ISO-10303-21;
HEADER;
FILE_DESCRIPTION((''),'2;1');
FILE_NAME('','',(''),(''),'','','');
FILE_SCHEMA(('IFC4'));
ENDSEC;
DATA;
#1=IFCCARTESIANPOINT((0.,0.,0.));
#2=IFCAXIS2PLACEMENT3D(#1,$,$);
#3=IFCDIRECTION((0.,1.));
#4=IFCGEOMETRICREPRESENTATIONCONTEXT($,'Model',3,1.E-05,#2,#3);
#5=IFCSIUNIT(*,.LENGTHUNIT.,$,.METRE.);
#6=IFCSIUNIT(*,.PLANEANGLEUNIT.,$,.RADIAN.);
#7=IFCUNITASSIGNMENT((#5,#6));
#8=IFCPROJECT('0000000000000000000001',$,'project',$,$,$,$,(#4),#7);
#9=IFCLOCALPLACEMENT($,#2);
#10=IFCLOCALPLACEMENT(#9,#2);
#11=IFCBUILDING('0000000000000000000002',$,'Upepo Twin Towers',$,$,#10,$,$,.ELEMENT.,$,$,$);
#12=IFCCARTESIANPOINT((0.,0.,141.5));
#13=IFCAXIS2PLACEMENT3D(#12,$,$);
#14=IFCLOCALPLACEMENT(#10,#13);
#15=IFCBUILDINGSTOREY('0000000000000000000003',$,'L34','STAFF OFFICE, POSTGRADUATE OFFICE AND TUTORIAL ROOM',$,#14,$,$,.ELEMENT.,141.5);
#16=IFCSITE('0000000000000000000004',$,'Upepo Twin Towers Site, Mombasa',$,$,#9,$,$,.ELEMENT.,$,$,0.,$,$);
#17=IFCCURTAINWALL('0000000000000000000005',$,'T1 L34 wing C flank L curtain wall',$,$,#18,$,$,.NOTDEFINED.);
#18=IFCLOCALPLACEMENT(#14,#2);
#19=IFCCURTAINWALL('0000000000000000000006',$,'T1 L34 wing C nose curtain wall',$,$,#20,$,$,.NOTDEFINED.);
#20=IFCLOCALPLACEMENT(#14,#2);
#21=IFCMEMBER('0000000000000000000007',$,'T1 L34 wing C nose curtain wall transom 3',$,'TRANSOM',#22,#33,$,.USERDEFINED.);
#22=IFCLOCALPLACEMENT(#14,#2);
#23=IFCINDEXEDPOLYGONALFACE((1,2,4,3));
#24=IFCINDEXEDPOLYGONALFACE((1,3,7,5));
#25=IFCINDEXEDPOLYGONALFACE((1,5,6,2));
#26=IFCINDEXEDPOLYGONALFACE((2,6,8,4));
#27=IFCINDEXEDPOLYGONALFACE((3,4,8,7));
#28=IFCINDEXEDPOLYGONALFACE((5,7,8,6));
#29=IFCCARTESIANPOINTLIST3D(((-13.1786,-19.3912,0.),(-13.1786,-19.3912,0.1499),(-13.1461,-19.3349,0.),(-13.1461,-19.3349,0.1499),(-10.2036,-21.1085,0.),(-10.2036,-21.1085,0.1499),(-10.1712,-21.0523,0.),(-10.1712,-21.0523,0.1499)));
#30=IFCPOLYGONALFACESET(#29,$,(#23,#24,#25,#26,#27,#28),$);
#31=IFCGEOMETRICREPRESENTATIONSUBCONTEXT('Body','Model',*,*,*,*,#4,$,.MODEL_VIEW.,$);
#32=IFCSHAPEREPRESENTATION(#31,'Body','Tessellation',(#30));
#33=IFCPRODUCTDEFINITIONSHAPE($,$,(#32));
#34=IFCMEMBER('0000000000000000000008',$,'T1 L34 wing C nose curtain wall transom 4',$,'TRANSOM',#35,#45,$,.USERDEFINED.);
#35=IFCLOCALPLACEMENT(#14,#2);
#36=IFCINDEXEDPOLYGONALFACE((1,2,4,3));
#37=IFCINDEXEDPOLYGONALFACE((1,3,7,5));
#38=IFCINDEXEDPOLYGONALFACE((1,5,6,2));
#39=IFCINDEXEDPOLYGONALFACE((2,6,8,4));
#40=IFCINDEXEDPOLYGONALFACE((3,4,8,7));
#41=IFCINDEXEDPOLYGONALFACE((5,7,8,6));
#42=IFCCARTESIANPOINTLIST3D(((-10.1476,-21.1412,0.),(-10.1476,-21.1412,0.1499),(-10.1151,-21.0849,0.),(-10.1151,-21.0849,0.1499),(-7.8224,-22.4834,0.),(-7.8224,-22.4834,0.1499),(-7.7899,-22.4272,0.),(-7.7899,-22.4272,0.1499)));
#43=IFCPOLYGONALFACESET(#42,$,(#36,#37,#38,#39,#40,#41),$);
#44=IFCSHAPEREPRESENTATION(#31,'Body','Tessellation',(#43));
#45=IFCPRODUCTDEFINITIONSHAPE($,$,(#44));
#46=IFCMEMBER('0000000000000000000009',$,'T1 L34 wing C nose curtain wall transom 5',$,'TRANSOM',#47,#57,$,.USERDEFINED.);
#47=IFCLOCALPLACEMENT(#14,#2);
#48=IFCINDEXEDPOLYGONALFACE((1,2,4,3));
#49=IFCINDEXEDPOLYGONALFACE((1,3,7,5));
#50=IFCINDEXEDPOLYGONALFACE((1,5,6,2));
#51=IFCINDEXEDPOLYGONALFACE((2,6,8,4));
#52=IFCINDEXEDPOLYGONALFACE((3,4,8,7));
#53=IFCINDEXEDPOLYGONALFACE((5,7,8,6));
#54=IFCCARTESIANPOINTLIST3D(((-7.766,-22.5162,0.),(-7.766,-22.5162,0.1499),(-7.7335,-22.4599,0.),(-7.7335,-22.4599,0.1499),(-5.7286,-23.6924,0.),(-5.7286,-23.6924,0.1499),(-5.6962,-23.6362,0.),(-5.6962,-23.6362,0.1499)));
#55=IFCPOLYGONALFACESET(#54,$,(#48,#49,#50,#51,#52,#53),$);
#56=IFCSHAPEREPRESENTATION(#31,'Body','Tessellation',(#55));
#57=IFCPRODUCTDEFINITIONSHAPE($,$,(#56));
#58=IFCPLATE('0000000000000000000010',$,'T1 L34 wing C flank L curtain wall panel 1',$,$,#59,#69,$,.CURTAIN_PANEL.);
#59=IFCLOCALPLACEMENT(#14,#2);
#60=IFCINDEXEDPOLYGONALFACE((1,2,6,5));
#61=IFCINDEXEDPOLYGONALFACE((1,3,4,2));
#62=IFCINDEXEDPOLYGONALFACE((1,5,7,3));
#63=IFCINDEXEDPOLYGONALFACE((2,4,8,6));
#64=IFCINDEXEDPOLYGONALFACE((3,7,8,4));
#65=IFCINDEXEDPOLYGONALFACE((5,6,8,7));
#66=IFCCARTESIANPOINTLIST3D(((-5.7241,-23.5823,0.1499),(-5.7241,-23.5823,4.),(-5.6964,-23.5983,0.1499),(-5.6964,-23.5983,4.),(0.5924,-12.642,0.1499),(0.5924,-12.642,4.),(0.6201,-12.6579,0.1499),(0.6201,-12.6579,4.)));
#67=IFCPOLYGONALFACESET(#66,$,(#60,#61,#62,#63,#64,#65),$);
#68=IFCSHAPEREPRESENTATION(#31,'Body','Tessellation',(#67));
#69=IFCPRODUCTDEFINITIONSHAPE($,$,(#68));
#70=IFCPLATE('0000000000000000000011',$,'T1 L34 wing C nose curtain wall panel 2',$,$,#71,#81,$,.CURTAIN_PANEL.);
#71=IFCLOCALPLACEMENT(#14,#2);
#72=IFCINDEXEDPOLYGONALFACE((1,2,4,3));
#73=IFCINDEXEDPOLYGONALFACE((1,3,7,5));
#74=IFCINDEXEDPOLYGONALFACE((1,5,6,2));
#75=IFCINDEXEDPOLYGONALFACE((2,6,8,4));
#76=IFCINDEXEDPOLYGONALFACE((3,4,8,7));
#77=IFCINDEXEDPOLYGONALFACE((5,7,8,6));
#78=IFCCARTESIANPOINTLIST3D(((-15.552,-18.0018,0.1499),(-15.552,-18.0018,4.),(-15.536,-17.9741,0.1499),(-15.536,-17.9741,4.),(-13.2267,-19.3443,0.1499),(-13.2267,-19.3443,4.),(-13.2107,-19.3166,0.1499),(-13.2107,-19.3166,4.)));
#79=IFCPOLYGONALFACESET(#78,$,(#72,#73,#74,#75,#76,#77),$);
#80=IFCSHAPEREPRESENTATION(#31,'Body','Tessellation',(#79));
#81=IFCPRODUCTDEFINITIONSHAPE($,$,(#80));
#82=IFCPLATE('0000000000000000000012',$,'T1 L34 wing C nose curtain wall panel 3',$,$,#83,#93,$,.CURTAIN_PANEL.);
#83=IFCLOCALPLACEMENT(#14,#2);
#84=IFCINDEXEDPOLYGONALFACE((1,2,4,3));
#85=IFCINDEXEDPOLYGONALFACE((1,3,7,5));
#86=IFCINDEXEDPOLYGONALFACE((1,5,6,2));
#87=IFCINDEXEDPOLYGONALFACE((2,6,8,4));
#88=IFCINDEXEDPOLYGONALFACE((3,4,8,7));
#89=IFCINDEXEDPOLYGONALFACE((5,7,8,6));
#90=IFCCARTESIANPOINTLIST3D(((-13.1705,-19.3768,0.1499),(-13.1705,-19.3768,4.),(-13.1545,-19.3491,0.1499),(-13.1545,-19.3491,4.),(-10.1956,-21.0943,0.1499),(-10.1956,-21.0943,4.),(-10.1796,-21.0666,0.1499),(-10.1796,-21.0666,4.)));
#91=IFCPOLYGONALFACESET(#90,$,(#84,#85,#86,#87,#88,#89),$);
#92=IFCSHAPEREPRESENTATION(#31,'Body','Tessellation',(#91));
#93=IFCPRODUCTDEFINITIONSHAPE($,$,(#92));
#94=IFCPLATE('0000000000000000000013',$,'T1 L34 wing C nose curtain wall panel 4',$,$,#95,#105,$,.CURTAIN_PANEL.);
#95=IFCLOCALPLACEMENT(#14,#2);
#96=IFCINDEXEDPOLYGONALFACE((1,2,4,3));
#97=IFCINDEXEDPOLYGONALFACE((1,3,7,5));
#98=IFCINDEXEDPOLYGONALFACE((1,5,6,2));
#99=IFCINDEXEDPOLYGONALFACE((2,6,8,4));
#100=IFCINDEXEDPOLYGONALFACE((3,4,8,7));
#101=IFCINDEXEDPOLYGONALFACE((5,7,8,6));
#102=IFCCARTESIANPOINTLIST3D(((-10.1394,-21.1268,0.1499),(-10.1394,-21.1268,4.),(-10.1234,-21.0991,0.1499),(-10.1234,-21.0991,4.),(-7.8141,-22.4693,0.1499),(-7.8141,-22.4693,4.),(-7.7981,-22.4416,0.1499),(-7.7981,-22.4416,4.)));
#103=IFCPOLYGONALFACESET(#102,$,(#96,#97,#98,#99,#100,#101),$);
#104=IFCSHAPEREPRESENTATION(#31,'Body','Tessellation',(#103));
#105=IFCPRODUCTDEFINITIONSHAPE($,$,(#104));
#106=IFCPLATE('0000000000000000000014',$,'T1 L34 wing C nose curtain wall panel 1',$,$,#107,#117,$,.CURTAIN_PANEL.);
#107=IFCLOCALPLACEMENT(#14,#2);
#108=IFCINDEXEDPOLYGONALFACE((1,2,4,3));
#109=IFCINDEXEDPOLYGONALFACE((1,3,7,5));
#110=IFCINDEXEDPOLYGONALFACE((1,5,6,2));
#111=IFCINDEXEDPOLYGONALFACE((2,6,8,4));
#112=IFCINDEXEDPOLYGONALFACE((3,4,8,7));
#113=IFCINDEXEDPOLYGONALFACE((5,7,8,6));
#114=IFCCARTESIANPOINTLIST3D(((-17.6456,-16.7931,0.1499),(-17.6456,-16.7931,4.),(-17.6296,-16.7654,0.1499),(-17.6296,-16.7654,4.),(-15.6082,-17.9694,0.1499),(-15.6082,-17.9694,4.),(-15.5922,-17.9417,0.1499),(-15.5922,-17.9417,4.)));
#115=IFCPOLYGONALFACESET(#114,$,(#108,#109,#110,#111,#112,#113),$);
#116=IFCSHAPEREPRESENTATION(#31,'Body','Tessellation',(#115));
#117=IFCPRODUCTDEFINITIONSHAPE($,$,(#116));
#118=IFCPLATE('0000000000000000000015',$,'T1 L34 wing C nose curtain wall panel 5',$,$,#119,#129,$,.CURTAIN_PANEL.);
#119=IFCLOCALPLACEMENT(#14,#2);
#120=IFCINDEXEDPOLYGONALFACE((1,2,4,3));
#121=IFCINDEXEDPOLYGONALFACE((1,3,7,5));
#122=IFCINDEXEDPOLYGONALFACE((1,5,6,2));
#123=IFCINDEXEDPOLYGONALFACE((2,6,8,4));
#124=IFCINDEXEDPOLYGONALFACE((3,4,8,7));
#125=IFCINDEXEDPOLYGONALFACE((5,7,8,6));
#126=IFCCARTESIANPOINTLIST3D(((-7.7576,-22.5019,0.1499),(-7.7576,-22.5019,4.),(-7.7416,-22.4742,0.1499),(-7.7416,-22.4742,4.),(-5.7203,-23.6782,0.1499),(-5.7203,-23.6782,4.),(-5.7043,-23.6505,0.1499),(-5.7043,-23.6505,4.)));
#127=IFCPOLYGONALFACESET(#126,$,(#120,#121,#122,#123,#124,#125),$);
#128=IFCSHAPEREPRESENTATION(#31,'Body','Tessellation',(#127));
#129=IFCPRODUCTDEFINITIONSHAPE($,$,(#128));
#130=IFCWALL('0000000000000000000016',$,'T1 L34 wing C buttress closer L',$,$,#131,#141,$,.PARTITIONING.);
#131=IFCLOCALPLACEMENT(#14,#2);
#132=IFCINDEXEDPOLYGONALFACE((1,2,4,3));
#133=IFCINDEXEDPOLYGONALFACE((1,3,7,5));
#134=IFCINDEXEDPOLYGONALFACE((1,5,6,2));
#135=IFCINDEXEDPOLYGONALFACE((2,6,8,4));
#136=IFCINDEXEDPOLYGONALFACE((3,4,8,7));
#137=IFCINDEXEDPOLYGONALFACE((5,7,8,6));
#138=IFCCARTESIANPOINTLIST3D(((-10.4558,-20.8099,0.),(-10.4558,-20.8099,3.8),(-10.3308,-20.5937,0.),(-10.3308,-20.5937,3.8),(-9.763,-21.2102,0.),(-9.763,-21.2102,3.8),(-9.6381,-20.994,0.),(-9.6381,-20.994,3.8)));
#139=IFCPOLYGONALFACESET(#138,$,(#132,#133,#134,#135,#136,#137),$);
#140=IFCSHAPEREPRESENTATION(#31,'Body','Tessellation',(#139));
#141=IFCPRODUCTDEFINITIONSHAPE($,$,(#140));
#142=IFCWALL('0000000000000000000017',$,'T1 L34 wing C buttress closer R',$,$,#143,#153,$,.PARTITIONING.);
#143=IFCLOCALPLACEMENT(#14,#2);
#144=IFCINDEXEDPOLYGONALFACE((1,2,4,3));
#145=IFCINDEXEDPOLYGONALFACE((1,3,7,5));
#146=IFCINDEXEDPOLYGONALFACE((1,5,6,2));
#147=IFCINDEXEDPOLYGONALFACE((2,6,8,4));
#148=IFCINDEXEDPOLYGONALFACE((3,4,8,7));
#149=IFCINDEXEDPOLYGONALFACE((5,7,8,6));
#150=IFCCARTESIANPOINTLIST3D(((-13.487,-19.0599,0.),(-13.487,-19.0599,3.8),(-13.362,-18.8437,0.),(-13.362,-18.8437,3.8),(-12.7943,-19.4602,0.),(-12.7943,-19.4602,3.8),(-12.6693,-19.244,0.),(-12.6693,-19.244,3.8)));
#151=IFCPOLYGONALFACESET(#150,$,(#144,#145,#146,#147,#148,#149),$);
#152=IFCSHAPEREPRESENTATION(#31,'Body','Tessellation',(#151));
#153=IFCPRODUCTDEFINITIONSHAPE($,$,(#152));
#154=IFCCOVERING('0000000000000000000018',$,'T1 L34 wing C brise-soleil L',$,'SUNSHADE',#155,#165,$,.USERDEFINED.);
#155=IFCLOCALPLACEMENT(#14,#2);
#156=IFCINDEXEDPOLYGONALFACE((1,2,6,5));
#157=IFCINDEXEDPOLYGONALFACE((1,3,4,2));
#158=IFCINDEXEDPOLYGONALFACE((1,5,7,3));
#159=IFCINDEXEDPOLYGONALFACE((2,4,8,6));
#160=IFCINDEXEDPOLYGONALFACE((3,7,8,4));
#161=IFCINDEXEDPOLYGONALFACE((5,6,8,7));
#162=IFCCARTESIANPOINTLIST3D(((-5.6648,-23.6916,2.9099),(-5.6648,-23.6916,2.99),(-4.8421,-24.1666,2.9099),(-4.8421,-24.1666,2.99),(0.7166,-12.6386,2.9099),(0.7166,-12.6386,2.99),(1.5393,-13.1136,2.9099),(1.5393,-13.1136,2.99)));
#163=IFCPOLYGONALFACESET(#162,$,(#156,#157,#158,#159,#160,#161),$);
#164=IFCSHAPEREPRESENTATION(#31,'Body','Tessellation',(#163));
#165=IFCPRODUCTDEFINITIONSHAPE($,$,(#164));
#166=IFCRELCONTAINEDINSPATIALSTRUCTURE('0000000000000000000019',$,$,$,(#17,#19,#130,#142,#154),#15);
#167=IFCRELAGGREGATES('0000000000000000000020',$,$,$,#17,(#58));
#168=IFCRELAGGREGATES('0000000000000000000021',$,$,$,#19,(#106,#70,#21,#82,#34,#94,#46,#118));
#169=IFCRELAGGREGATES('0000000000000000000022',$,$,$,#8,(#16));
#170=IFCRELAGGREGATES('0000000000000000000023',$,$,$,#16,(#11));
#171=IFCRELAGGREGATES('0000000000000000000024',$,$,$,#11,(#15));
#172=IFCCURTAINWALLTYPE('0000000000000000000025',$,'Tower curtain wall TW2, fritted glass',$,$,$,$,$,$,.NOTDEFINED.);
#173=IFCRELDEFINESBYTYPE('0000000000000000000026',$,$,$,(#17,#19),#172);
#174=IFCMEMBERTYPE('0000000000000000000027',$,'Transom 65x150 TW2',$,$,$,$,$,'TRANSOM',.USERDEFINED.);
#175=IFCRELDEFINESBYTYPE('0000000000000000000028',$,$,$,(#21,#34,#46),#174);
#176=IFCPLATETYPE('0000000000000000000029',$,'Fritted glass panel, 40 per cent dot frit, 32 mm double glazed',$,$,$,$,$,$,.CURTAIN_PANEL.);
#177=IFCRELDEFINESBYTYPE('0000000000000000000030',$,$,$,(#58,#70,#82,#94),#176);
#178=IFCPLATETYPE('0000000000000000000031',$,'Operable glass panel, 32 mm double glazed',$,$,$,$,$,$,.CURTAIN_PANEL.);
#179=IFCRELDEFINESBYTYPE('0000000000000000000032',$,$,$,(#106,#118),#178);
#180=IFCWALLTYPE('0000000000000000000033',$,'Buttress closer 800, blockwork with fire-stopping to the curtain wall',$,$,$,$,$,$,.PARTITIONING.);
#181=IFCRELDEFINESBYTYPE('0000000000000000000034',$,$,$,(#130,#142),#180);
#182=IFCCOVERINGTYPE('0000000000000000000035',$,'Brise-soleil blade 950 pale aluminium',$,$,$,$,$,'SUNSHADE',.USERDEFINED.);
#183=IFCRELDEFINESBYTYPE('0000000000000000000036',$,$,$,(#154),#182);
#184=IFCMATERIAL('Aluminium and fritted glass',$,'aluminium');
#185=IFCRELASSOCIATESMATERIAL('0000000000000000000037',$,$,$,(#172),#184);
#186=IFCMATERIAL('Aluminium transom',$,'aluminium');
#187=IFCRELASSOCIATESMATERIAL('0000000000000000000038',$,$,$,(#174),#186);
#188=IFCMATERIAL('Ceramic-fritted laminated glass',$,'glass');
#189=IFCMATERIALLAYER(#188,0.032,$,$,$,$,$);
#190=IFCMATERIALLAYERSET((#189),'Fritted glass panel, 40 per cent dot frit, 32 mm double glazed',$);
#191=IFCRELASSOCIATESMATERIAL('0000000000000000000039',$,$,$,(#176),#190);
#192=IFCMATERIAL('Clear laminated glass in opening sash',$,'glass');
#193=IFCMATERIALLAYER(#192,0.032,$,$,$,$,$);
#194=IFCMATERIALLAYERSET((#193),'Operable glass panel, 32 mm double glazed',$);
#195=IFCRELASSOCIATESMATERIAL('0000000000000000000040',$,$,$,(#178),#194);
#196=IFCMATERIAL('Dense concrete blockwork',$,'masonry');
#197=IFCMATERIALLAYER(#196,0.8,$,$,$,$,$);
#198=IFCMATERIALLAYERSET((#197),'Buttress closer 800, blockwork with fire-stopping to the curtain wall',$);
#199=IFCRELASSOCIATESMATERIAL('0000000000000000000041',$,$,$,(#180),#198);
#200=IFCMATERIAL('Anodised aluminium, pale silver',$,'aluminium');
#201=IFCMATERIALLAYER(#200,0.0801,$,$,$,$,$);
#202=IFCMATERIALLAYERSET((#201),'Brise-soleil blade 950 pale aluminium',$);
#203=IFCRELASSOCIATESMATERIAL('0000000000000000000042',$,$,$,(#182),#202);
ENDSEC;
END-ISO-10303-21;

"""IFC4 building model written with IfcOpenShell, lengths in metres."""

from ifc_helpers import new_model, si_unit, direction, frame, frame_2d, origin, origin_2d, place, context, subcontext, project, spatial, rectangle, extrude, material, layer, layer_set, material_profile, profile_set, type_object, element, aggregate, save


model = new_model("IFC4")

# Units and contexts
model_context = context("Model", 3, precision=1e-05, world=origin(), true_north=direction((0.0, 1.0)))
body_context = subcontext(model_context, "Body", "Model", "MODEL_VIEW")
ifc_project = project(units=[si_unit("LENGTHUNIT", "METRE"), si_unit("PLANEANGLEUNIT", "RADIAN")], contexts=[model_context])

# Site, building, storey
site_placement = place(None, origin())
site = spatial("IfcSite", under=ifc_project, at=site_placement, Name="Upepo Twin Towers Site, Mombasa", CompositionType="ELEMENT", RefElevation=0.0)
building_placement = place(site_placement, origin())
building = spatial("IfcBuilding", under=site, at=building_placement, Name="Upepo Twin Towers", CompositionType="ELEMENT")
storey_placement = place(building_placement, frame((0.0, 0.0, 141.5)))
storey = spatial("IfcBuildingStorey", under=building, at=storey_placement, Name="L34", Description="STAFF OFFICE, POSTGRADUATE OFFICE AND TUTORIAL ROOM", CompositionType="ELEMENT", Elevation=141.5)

# Curtain wall
ifc_material_1 = material(Name="Aluminium and fritted glass", Category="aluminium")
curtain_wall_type = type_object("IfcCurtainWallType", Name="Tower curtain wall TW2, fritted glass", PredefinedType="NOTDEFINED", material=ifc_material_1)
curtain_wall_1_placement = place(storey_placement, origin())
curtain_wall_1 = element("IfcCurtainWall", 1, at=curtain_wall_1_placement, inside=storey, type_object=curtain_wall_type, Name="T1 L34 wing C flank L curtain wall", PredefinedType="NOTDEFINED")

# Curtain wall
curtain_wall_2_placement = place(storey_placement, origin())
curtain_wall_2 = element("IfcCurtainWall", 2, at=curtain_wall_2_placement, inside=storey, type_object=curtain_wall_type, Name="T1 L34 wing C nose curtain wall", PredefinedType="NOTDEFINED")

# Members
ifc_material_2 = material(Name="Aluminium transom", Category="aluminium")
ifc_material_profile_1 = material_profile(ifc_material_2, rectangle(XDim=0.0649, YDim=0.1499, at=origin_2d()), Name="TRANSOM 65x150")
ifc_profile_set_1 = profile_set([ifc_material_profile_1], Name="Aluminium transom")
member_type_1 = type_object("IfcMemberType", Name="Transom 65x150 TW2", ElementType="TRANSOM", PredefinedType="USERDEFINED", material=ifc_profile_set_1)
member_1_placement = place(storey_placement, frame((-13.1624, -19.363, 0.075), z_axis=(0.866057, -0.499946, 0.0), x_axis=(0.499946, 0.866057, 0.0)))
member_1 = element("IfcMember", 3, at=member_1_placement, type_object=member_type_1, Name="T1 L34 wing C nose curtain wall transom 3", ObjectType="TRANSOM", PredefinedType="USERDEFINED", context=body_context, shape_type="SweptSolid", body=[
    extrude(rectangle(XDim=0.0649, YDim=0.1499, at=origin_2d()), origin(), (0.0, 0.0, 1.0), 3.4351),
])
member_2_placement = place(storey_placement, frame((-10.1313, -21.113, 0.075), z_axis=(0.866052, -0.499953, 0.0), x_axis=(0.499953, 0.866052, 0.0)))
member_2 = element("IfcMember", 4, at=member_2_placement, type_object=member_type_1, Name="T1 L34 wing C nose curtain wall transom 4", ObjectType="TRANSOM", PredefinedType="USERDEFINED", context=body_context, shape_type="SweptSolid", body=[
    extrude(rectangle(XDim=0.0649, YDim=0.1499, at=origin_2d()), origin(), (0.0, 0.0, 1.0), 2.6848),
])
member_3_placement = place(storey_placement, frame((-7.7498, -22.488, 0.075), z_axis=(0.866025, -0.500001, 0.0), x_axis=(0.500001, 0.866025, 0.0)))
member_3 = element("IfcMember", 5, at=member_3_placement, type_object=member_type_1, Name="T1 L34 wing C nose curtain wall transom 5", ObjectType="TRANSOM", PredefinedType="USERDEFINED", context=body_context, shape_type="SweptSolid", body=[
    extrude(rectangle(XDim=0.0649, YDim=0.1499, at=origin_2d()), origin(), (0.0, 0.0, 1.0), 2.3525),
])

# Plates
ifc_material_3 = material(Name="Ceramic-fritted laminated glass", Category="glass")
ifc_layer_1 = layer(ifc_material_3, 0.032)
ifc_layer_set_1 = layer_set([ifc_layer_1], Name="Fritted glass panel, 40 per cent dot frit, 32 mm double glazed")
plate_type_1 = type_object("IfcPlateType", Name="Fritted glass panel, 40 per cent dot frit, 32 mm double glazed", PredefinedType="CURTAIN_PANEL", material=ifc_layer_set_1)
plate_1_placement = place(storey_placement, frame((-2.552, -18.1201, 0.1499), z_axis=(0.0, 0.0, 1.0), x_axis=(-0.5, -0.866025, 0.0)))
plate_1 = element("IfcPlate", 6, at=plate_1_placement, type_object=plate_type_1, Name="T1 L34 wing C flank L curtain wall panel 1", PredefinedType="CURTAIN_PANEL", context=body_context, shape_type="SweptSolid", body=[
    extrude(rectangle(XDim=12.6328, YDim=0.032, at=origin_2d()), origin(), (0.0, 0.0, 1.0), 3.8501),
])
aggregate(curtain_wall_1, [plate_1])
plate_2_placement = place(storey_placement, frame((-14.3813, -18.6592, 0.1499), z_axis=(0.0, 0.0, 1.0), x_axis=(0.866025, -0.5, 0.0)))
plate_2 = element("IfcPlate", 7, at=plate_2_placement, type_object=plate_type_1, Name="T1 L34 wing C nose curtain wall panel 2", PredefinedType="CURTAIN_PANEL", context=body_context, shape_type="SweptSolid", body=[
    extrude(rectangle(XDim=2.6851, YDim=0.032, at=origin_2d()), origin(), (0.0, 0.0, 1.0), 3.8501),
])
plate_3_placement = place(storey_placement, frame((-11.675, -20.2217, 0.1499), z_axis=(0.0, 0.0, 1.0), x_axis=(0.866025, -0.5, 0.0)))
plate_3 = element("IfcPlate", 8, at=plate_3_placement, type_object=plate_type_1, Name="T1 L34 wing C nose curtain wall panel 3", PredefinedType="CURTAIN_PANEL", context=body_context, shape_type="SweptSolid", body=[
    extrude(rectangle(XDim=3.4351, YDim=0.032, at=origin_2d()), origin(), (0.0, 0.0, 1.0), 3.8501),
])
plate_4_placement = place(storey_placement, frame((-8.9688, -21.7842, 0.1499), z_axis=(0.0, 0.0, 1.0), x_axis=(0.866025, -0.5, 0.0)))
plate_4 = element("IfcPlate", 9, at=plate_4_placement, type_object=plate_type_1, Name="T1 L34 wing C nose curtain wall panel 4", PredefinedType="CURTAIN_PANEL", context=body_context, shape_type="SweptSolid", body=[
    extrude(rectangle(XDim=2.6851, YDim=0.032, at=origin_2d()), origin(), (0.0, 0.0, 1.0), 3.8501),
])
ifc_material_4 = material(Name="Clear laminated glass in opening sash", Category="glass")
ifc_layer_2 = layer(ifc_material_4, 0.032)
ifc_layer_set_2 = layer_set([ifc_layer_2], Name="Operable glass panel, 32 mm double glazed")
plate_type_2 = type_object("IfcPlateType", Name="Operable glass panel, 32 mm double glazed", PredefinedType="CURTAIN_PANEL", material=ifc_layer_set_2)
plate_5_placement = place(storey_placement, frame((-16.6189, -17.3674, 0.1499), z_axis=(0.0, 0.0, 1.0), x_axis=(0.866025, -0.5, 0.0)))
plate_5 = element("IfcPlate", 10, at=plate_5_placement, type_object=plate_type_2, Name="T1 L34 wing C nose curtain wall panel 1", PredefinedType="CURTAIN_PANEL", context=body_context, shape_type="SweptSolid", body=[
    extrude(rectangle(XDim=2.3525, YDim=0.032, at=origin_2d()), origin(), (0.0, 0.0, 1.0), 3.8501),
])
plate_6_placement = place(storey_placement, frame((-6.731, -23.0762, 0.1499), z_axis=(0.0, 0.0, 1.0), x_axis=(0.866025, -0.5, 0.0)))
plate_6 = element("IfcPlate", 11, at=plate_6_placement, type_object=plate_type_2, Name="T1 L34 wing C nose curtain wall panel 5", PredefinedType="CURTAIN_PANEL", context=body_context, shape_type="SweptSolid", body=[
    extrude(rectangle(XDim=2.3525, YDim=0.032, at=origin_2d()), origin(), (0.0, 0.0, 1.0), 3.8501),
])
aggregate(curtain_wall_2, [plate_5, plate_2, member_1, plate_3, member_2, plate_4, member_3, plate_6])

# Walls
ifc_material_5 = material(Name="Dense concrete blockwork", Category="masonry")
ifc_layer_3 = layer(ifc_material_5, 0.8)
ifc_layer_set_3 = layer_set([ifc_layer_3], Name="Buttress closer 800, blockwork with fire-stopping to the curtain wall")
wall_type = type_object("IfcWallType", Name="Buttress closer 800, blockwork with fire-stopping to the curtain wall", PredefinedType="PARTITIONING", material=ifc_layer_set_3)
for number, where, z_axis, x_axis, name in (
    (12, (-9.9844, -20.7937, 0.0), (0.0, 0.0, 1.0), (-0.500343, -0.865827, 0.0), "T1 L34 wing C buttress closer L"),
    (13, (-13.0156, -19.0437, 0.0), (0.0, 0.0, 1.0), (-0.500343, -0.865827, 0.0), "T1 L34 wing C buttress closer R"),
):
    element("IfcWall", number, at=place(storey_placement, frame(where, z_axis=z_axis, x_axis=x_axis)), inside=storey, type_object=wall_type, Name=name, PredefinedType="PARTITIONING", context=body_context, shape_type="SweptSolid", body=[
        extrude(rectangle(XDim=0.2498, YDim=0.8, at=frame_2d((0.125, 0.0))), origin(), (0.0, 0.0, 1.0), 3.8),
    ])

# Covering
ifc_material_6 = material(Name="Anodised aluminium, pale silver", Category="aluminium")
ifc_layer_4 = layer(ifc_material_6, 0.0801)
ifc_layer_set_4 = layer_set([ifc_layer_4], Name="Brise-soleil blade 950 pale aluminium")
covering_type = type_object("IfcCoveringType", Name="Brise-soleil blade 950 pale aluminium", ElementType="SUNSHADE", PredefinedType="USERDEFINED", material=ifc_layer_set_4)
covering_placement = place(storey_placement, frame((-2.0627, -18.4026, 2.9099), z_axis=(0.0, 0.0, 1.0), x_axis=(-0.5, -0.866025, 0.0)))
element("IfcCovering", 14, at=covering_placement, inside=storey, type_object=covering_type, Name="T1 L34 wing C brise-soleil L", ObjectType="SUNSHADE", PredefinedType="USERDEFINED", context=body_context, shape_type="SweptSolid", body=[
    extrude(rectangle(XDim=12.7629, YDim=0.95, at=origin_2d()), origin(), (0.0, 0.0, 1.0), 0.0801),
])

save(model, "model.ifc")
